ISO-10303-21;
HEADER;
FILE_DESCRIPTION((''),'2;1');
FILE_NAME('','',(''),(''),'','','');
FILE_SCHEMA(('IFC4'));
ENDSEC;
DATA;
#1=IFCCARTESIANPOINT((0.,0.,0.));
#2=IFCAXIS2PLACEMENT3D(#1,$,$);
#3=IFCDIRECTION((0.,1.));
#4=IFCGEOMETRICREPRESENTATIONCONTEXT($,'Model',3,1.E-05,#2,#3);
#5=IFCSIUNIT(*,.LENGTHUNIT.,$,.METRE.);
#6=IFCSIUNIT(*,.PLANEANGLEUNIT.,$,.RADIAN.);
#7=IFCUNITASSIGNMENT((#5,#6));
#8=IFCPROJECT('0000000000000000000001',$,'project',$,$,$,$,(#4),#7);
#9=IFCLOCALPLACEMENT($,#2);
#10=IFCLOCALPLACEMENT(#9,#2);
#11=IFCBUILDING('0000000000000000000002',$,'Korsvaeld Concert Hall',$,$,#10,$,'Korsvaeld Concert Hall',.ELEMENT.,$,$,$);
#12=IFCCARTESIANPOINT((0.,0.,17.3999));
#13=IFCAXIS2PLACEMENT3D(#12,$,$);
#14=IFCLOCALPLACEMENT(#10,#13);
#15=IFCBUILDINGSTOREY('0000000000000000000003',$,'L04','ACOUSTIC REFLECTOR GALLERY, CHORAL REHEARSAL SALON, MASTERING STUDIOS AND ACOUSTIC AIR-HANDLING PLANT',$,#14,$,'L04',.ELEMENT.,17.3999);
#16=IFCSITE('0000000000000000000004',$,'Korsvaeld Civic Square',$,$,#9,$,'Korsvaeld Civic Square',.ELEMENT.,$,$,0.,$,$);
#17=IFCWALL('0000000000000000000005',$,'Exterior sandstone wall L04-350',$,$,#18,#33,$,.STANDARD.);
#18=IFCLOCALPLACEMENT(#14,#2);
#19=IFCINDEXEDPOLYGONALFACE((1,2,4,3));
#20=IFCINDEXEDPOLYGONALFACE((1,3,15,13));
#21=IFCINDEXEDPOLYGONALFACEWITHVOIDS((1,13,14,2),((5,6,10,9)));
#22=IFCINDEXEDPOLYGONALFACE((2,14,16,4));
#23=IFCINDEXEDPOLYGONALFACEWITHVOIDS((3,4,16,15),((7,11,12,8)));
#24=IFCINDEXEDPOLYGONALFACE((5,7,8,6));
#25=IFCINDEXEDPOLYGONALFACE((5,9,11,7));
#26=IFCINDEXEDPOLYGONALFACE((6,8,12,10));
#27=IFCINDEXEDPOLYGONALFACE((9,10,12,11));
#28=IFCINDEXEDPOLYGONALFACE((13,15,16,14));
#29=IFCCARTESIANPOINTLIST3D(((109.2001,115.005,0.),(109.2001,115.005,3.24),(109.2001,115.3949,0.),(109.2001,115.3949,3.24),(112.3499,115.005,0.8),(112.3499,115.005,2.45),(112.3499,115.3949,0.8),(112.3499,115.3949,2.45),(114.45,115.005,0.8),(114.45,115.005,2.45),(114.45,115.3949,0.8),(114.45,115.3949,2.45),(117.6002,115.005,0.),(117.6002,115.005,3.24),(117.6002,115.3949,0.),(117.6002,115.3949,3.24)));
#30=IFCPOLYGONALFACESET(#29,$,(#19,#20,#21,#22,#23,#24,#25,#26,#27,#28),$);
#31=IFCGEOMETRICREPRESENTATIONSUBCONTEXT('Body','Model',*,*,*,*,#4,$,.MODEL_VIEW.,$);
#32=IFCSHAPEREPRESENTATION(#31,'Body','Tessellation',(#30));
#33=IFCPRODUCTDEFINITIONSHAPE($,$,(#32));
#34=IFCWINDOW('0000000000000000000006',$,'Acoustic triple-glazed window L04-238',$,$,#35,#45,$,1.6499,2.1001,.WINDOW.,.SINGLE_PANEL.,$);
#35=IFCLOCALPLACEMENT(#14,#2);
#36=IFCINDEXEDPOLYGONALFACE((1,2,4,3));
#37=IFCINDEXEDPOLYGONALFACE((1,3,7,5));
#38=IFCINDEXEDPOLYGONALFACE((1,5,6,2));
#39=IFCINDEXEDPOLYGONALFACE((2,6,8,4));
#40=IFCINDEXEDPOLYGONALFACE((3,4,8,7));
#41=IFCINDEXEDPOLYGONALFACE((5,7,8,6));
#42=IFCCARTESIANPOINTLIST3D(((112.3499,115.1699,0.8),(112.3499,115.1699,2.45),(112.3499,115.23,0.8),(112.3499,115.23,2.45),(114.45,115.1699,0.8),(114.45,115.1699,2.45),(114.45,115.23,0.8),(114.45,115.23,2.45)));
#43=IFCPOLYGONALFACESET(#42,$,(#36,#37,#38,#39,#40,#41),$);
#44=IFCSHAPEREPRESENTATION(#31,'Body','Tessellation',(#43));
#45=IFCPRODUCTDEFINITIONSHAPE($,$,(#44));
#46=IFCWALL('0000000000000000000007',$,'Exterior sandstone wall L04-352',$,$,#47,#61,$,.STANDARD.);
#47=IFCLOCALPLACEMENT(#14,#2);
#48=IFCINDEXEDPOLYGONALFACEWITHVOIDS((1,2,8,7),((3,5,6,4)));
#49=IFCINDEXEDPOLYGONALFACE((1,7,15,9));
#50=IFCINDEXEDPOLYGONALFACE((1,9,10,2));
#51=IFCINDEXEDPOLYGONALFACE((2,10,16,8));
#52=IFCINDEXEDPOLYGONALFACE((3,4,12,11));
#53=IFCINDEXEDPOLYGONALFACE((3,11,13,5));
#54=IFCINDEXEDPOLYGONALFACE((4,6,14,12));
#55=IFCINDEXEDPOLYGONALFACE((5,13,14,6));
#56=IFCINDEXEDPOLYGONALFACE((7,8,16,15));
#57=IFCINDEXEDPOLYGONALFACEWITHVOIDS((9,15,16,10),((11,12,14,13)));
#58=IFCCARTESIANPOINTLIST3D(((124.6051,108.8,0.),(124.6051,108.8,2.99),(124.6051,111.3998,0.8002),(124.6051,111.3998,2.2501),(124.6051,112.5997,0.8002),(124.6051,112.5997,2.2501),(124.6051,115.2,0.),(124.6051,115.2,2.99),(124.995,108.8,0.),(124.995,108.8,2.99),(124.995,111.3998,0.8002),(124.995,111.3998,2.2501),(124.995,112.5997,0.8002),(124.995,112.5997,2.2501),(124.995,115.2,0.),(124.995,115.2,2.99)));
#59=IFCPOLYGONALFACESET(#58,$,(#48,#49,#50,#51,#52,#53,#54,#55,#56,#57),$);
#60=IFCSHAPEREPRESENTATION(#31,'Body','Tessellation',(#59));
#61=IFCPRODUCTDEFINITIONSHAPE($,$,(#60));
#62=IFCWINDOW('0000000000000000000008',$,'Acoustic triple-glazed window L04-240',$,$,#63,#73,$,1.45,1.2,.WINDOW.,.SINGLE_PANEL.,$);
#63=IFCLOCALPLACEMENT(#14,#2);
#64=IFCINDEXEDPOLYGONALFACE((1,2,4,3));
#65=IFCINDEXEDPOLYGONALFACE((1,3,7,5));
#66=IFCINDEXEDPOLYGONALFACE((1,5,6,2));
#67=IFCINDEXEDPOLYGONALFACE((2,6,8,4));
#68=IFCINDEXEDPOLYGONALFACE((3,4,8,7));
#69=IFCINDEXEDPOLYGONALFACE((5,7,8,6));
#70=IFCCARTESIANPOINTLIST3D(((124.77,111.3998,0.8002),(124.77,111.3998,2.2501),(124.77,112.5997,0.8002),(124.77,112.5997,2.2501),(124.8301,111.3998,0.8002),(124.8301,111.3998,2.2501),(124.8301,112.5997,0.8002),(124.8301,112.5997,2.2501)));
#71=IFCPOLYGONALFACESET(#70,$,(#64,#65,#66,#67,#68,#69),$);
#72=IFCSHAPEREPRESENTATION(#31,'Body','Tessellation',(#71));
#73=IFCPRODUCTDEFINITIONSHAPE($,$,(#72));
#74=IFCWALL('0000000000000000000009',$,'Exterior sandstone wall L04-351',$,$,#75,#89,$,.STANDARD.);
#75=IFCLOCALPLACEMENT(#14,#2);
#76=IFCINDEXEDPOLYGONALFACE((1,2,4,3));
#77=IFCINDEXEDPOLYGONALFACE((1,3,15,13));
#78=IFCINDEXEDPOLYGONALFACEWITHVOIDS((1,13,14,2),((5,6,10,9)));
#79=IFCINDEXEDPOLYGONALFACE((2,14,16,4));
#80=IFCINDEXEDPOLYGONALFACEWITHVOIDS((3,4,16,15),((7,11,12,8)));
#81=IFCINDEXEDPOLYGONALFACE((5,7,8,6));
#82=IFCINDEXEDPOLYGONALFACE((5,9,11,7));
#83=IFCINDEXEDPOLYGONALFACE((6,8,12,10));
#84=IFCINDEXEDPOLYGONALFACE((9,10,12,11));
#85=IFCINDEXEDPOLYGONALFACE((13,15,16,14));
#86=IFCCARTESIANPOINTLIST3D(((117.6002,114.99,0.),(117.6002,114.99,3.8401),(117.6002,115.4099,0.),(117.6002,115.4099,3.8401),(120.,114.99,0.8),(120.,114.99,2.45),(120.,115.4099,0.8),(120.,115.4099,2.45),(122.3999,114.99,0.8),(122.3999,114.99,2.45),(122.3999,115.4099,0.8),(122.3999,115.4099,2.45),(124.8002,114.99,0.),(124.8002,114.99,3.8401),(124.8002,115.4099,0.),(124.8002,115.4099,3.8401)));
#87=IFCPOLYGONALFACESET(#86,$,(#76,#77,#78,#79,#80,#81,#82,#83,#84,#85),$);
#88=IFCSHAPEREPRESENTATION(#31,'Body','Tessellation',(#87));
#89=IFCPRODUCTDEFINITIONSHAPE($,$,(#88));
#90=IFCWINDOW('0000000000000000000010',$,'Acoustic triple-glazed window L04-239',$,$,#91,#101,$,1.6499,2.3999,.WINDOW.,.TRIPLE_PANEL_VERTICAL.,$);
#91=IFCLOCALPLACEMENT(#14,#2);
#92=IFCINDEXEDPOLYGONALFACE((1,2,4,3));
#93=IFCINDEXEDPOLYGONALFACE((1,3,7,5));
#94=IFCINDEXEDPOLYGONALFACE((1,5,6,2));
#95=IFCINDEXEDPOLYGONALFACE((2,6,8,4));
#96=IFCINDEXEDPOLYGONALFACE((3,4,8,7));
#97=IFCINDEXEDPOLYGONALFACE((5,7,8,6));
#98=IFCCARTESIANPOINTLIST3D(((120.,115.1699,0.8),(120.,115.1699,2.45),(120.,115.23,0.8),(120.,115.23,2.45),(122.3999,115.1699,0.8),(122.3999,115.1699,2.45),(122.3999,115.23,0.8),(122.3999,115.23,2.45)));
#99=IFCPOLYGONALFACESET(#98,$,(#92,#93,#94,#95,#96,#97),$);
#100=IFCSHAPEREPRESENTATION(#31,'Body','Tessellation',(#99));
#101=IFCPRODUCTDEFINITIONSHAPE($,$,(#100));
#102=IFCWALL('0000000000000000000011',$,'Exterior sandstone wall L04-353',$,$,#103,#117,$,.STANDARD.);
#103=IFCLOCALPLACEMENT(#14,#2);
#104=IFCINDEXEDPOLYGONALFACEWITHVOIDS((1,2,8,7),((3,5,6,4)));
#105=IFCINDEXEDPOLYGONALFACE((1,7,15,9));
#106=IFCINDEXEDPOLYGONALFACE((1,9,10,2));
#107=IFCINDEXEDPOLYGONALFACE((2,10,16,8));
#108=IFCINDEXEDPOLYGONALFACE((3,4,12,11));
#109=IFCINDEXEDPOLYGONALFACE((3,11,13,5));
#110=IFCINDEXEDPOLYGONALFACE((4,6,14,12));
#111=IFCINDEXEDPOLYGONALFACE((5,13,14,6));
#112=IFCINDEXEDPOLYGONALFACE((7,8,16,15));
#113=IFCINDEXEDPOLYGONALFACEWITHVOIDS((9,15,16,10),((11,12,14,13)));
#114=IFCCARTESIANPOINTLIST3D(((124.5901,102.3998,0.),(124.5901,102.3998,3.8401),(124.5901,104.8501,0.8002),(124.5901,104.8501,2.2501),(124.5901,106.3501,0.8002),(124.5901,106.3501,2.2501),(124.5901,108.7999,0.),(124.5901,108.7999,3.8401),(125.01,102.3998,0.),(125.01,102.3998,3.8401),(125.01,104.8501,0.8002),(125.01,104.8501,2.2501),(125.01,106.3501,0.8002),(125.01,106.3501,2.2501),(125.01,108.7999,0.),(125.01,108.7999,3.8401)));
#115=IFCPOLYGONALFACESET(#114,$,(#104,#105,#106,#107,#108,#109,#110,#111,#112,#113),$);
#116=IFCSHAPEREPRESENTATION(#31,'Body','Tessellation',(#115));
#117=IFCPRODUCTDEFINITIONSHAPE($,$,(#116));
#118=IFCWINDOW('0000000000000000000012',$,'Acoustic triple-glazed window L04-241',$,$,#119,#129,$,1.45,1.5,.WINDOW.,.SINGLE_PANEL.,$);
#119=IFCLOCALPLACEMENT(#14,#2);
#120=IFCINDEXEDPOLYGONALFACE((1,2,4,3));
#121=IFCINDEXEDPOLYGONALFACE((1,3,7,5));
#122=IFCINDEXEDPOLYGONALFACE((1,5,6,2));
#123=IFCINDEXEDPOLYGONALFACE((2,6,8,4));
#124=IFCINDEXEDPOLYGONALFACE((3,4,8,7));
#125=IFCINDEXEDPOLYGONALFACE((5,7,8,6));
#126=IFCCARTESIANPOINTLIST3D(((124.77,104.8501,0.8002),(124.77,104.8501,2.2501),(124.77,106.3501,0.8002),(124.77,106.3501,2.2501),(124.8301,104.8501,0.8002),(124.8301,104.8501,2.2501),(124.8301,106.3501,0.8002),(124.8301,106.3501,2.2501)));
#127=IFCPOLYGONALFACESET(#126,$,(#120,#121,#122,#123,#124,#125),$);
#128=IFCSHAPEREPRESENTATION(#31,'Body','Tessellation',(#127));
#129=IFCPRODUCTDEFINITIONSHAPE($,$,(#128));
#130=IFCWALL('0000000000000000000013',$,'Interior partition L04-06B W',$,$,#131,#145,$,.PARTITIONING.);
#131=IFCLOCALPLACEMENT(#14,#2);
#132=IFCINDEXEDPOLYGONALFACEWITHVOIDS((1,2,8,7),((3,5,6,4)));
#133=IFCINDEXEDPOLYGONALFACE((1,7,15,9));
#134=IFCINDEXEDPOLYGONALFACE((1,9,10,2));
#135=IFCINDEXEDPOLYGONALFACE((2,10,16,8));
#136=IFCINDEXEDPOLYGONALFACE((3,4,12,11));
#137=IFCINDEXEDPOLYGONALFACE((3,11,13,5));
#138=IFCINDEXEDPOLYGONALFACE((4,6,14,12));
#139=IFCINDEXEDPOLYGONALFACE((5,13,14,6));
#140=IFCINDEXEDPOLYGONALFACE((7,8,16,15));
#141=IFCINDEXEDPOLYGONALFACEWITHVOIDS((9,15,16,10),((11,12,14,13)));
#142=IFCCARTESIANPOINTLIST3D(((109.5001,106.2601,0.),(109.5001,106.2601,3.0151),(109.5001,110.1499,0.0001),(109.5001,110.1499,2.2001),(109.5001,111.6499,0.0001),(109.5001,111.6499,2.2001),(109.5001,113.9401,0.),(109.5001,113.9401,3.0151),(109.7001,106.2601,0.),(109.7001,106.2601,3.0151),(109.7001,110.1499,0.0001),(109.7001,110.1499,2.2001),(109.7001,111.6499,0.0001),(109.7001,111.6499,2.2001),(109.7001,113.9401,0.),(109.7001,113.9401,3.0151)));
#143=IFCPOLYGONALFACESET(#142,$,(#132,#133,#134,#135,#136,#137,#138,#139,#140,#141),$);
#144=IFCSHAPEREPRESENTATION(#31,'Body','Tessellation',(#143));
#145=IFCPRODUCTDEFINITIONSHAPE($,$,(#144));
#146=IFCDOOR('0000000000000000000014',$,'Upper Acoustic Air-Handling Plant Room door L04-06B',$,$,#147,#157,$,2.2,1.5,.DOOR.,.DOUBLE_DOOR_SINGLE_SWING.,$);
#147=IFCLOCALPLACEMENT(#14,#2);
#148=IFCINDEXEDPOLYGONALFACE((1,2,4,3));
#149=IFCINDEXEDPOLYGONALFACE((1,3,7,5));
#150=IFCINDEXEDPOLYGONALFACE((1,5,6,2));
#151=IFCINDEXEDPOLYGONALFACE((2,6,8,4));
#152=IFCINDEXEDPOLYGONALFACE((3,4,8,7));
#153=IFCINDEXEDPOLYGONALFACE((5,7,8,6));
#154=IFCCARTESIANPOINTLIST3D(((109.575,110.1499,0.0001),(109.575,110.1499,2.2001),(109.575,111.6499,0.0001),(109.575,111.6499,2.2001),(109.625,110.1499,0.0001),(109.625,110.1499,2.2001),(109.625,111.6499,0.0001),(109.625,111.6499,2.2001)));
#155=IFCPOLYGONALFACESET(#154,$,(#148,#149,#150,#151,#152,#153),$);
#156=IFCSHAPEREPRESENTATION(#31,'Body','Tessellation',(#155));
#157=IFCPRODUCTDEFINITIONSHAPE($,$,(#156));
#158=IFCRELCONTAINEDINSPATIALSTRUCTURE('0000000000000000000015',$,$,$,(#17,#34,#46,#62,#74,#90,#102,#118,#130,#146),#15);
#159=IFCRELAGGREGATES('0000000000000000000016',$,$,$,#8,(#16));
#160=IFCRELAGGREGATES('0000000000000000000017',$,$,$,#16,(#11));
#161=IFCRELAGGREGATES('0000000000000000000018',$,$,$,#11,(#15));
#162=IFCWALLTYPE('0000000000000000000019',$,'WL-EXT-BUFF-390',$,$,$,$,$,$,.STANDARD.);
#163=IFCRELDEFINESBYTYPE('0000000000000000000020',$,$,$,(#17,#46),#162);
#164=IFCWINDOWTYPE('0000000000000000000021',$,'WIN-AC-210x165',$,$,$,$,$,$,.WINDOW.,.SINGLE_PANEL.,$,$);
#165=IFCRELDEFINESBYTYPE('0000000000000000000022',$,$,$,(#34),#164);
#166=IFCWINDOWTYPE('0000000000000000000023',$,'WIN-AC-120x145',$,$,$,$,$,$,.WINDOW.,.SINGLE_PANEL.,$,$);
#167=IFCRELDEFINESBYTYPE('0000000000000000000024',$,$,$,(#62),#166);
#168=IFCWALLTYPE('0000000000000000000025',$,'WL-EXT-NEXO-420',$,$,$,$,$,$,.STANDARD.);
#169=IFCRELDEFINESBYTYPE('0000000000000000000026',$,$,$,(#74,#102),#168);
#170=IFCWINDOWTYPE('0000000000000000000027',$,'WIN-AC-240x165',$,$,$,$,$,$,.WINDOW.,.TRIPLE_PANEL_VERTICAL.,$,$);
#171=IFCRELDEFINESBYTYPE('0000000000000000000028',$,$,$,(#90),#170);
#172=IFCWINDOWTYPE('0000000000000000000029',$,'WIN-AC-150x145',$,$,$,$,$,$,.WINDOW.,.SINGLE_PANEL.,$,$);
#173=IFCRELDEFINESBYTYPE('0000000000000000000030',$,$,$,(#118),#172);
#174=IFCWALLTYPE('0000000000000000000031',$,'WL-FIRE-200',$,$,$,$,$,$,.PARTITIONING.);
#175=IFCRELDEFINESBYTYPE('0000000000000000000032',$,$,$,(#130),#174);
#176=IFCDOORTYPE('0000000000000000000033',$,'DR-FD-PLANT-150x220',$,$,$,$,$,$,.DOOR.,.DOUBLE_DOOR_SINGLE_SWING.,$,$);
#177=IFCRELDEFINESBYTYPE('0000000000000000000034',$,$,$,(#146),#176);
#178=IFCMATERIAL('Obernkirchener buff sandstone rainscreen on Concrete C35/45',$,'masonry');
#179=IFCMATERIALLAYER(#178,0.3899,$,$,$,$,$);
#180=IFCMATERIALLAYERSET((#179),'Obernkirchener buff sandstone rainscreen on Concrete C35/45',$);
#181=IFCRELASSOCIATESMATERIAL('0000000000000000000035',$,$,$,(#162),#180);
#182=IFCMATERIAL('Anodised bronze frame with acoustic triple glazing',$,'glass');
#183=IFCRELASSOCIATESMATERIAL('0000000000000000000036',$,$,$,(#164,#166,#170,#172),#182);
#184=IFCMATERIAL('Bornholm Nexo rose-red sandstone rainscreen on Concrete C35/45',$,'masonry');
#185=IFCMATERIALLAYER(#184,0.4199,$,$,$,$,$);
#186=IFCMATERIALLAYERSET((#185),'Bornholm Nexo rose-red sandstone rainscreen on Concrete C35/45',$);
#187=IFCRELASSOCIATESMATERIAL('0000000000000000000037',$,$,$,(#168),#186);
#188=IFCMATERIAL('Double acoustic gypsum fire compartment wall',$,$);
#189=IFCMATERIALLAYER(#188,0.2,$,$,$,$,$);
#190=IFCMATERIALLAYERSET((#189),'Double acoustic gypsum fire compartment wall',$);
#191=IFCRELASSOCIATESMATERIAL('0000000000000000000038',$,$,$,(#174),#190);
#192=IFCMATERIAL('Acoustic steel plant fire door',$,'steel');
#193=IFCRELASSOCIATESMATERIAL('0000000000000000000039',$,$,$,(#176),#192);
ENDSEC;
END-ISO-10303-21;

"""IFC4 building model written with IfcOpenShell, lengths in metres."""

from ifc_helpers import new_model, si_unit, direction, frame, frame_2d, origin, place, context, subcontext, project, spatial, rectangle, extrude, material, layer, layer_set, type_object, element, fill, save


model = new_model("IFC4")

# Units and contexts
model_context = context("Model", 3, precision=1e-05, world=origin(), true_north=direction((0.0, 1.0)))
body_context = subcontext(model_context, "Body", "Model", "MODEL_VIEW")
ifc_project = project(units=[si_unit("LENGTHUNIT", "METRE"), si_unit("PLANEANGLEUNIT", "RADIAN")], contexts=[model_context])

# Site, building, storey
site_placement = place(None, origin())
site = spatial("IfcSite", under=ifc_project, at=site_placement, Name="Korsvaeld Civic Square", LongName="Korsvaeld Civic Square", CompositionType="ELEMENT", RefElevation=0.0)
building_placement = place(site_placement, origin())
building = spatial("IfcBuilding", under=site, at=building_placement, Name="Korsvaeld Concert Hall", LongName="Korsvaeld Concert Hall", CompositionType="ELEMENT")
storey_placement = place(building_placement, frame((0.0, 0.0, 17.3999)))
storey = spatial("IfcBuildingStorey", under=building, at=storey_placement, Name="L04", Description="ACOUSTIC REFLECTOR GALLERY, CHORAL REHEARSAL SALON, MASTERING STUDIOS AND ACOUSTIC AIR-HANDLING PLANT", LongName="L04", CompositionType="ELEMENT", Elevation=17.3999)

# Walls, openings, windows
ifc_material_1 = material(Name="Obernkirchener buff sandstone rainscreen on Concrete C35/45", Category="masonry")
ifc_layer_1 = layer(ifc_material_1, 0.3899)
ifc_layer_set_1 = layer_set([ifc_layer_1], Name="Obernkirchener buff sandstone rainscreen on Concrete C35/45")
wall_type_1 = type_object("IfcWallType", Name="WL-EXT-BUFF-390", PredefinedType="STANDARD", material=ifc_layer_set_1)
wall_1_placement = place(storey_placement, frame((109.2, 115.2, 0.0), z_axis=(0.0, 0.0, 1.0), x_axis=(1.0, 0.0, 0.0)))
wall_1 = element("IfcWall", 1, at=wall_1_placement, inside=storey, type_object=wall_type_1, Name="Exterior sandstone wall L04-350", PredefinedType="STANDARD", context=body_context, shape_type="SweptSolid", body=[
    extrude(rectangle(XDim=8.4001, YDim=0.3899, at=frame_2d((4.2002, 0.0))), origin(), (0.0, 0.0, 1.0), 3.24),
])
opening_1_placement = place(wall_1_placement, frame((3.1499, 0.0, 0.8)))
opening_1 = element("IfcOpeningElement", 2, at=opening_1_placement, cuts=wall_1, PredefinedType="OPENING", context=body_context, shape_type="SweptSolid", body=[
    extrude(rectangle(XDim=2.1001, YDim=1.6499, at=frame_2d((1.05, 0.825))), frame((0.0, 0.2051, 0.0), z_axis=(0.0, -1.0, 0.0), x_axis=(1.0, 0.0, 0.0)), (0.0, 0.0, 1.0), 0.4099),
])
ifc_material_2 = material(Name="Anodised bronze frame with acoustic triple glazing", Category="glass")
window_type_1 = type_object("IfcWindowType", Name="WIN-AC-210x165", PartitioningType="SINGLE_PANEL", PredefinedType="WINDOW", material=ifc_material_2)
window_1_placement = place(opening_1_placement, origin())
window_1 = element("IfcWindow", 3, at=window_1_placement, inside=storey, type_object=window_type_1, Name="Acoustic triple-glazed window L04-238", OverallHeight=1.6499, OverallWidth=2.1001, PartitioningType="SINGLE_PANEL", PredefinedType="WINDOW", context=body_context, shape_type="SweptSolid", body=[
    extrude(rectangle(XDim=2.1001, YDim=1.6499, at=frame_2d((1.05, 0.825))), frame((0.0, 0.03, 0.0), z_axis=(0.0, -1.0, 0.0), x_axis=(1.0, 0.0, 0.0)), (0.0, 0.0, 1.0), 0.0601),
])
fill(opening_1, window_1)
wall_2_placement = place(storey_placement, frame((124.8, 115.2, 0.0), z_axis=(0.0, 0.0, 1.0), x_axis=(0.0, -1.0, 0.0)))
wall_2 = element("IfcWall", 4, at=wall_2_placement, inside=storey, type_object=wall_type_1, Name="Exterior sandstone wall L04-352", PredefinedType="STANDARD", context=body_context, shape_type="SweptSolid", body=[
    extrude(rectangle(XDim=6.3999, YDim=0.3899, at=frame_2d((3.2, 0.0))), origin(), (0.0, 0.0, 1.0), 2.99),
])
opening_2_placement = place(wall_2_placement, frame((2.6001, 0.0, 0.8)))
opening_2 = element("IfcOpeningElement", 5, at=opening_2_placement, cuts=wall_2, PredefinedType="OPENING", context=body_context, shape_type="SweptSolid", body=[
    extrude(rectangle(XDim=1.2, YDim=1.45, at=frame_2d((0.6001, 0.7251))), frame((0.0, 0.2051, 0.0), z_axis=(0.0, -1.0, 0.0), x_axis=(1.0, 0.0, 0.0)), (0.0, 0.0, 1.0), 0.4099),
])
window_type_2 = type_object("IfcWindowType", Name="WIN-AC-120x145", PartitioningType="SINGLE_PANEL", PredefinedType="WINDOW", material=ifc_material_2)
window_2_placement = place(opening_2_placement, origin())
window_2 = element("IfcWindow", 6, at=window_2_placement, inside=storey, type_object=window_type_2, Name="Acoustic triple-glazed window L04-240", OverallHeight=1.45, OverallWidth=1.2, PartitioningType="SINGLE_PANEL", PredefinedType="WINDOW", context=body_context, shape_type="SweptSolid", body=[
    extrude(rectangle(XDim=1.2, YDim=1.45, at=frame_2d((0.6001, 0.7251))), frame((0.0, 0.03, 0.0), z_axis=(0.0, -1.0, 0.0), x_axis=(1.0, 0.0, 0.0)), (0.0, 0.0, 1.0), 0.0601),
])
fill(opening_2, window_2)
ifc_material_3 = material(Name="Bornholm Nexo rose-red sandstone rainscreen on Concrete C35/45", Category="masonry")
ifc_layer_2 = layer(ifc_material_3, 0.4199)
ifc_layer_set_2 = layer_set([ifc_layer_2], Name="Bornholm Nexo rose-red sandstone rainscreen on Concrete C35/45")
wall_type_2 = type_object("IfcWallType", Name="WL-EXT-NEXO-420", PredefinedType="STANDARD", material=ifc_layer_set_2)
wall_3_placement = place(storey_placement, frame((117.6001, 115.2, 0.0), z_axis=(0.0, 0.0, 1.0), x_axis=(1.0, 0.0, 0.0)))
wall_3 = element("IfcWall", 7, at=wall_3_placement, inside=storey, type_object=wall_type_2, Name="Exterior sandstone wall L04-351", PredefinedType="STANDARD", context=body_context, shape_type="SweptSolid", body=[
    extrude(rectangle(XDim=7.2, YDim=0.4199, at=frame_2d((3.6001, 0.0))), origin(), (0.0, 0.0, 1.0), 3.8401),
])
opening_3_placement = place(wall_3_placement, frame((2.3999, 0.0, 0.8)))
opening_3 = element("IfcOpeningElement", 8, at=opening_3_placement, cuts=wall_3, PredefinedType="OPENING", context=body_context, shape_type="SweptSolid", body=[
    extrude(rectangle(XDim=2.3999, YDim=1.6499, at=frame_2d((1.2, 0.825))), frame((0.0, 0.22, 0.0), z_axis=(0.0, -1.0, 0.0), x_axis=(1.0, 0.0, 0.0)), (0.0, 0.0, 1.0), 0.4399),
])
window_type_3 = type_object("IfcWindowType", Name="WIN-AC-240x165", PartitioningType="TRIPLE_PANEL_VERTICAL", PredefinedType="WINDOW", material=ifc_material_2)
window_3_placement = place(opening_3_placement, origin())
window_3 = element("IfcWindow", 9, at=window_3_placement, inside=storey, type_object=window_type_3, Name="Acoustic triple-glazed window L04-239", OverallHeight=1.6499, OverallWidth=2.3999, PartitioningType="TRIPLE_PANEL_VERTICAL", PredefinedType="WINDOW", context=body_context, shape_type="SweptSolid", body=[
    extrude(rectangle(XDim=2.3999, YDim=1.6499, at=frame_2d((1.2, 0.825))), frame((0.0, 0.03, 0.0), z_axis=(0.0, -1.0, 0.0), x_axis=(1.0, 0.0, 0.0)), (0.0, 0.0, 1.0), 0.0601),
])
fill(opening_3, window_3)
wall_4_placement = place(storey_placement, frame((124.8, 108.8, 0.0), z_axis=(0.0, 0.0, 1.0), x_axis=(0.0, -1.0, 0.0)))
wall_4 = element("IfcWall", 10, at=wall_4_placement, inside=storey, type_object=wall_type_2, Name="Exterior sandstone wall L04-353", PredefinedType="STANDARD", context=body_context, shape_type="SweptSolid", body=[
    extrude(rectangle(XDim=6.4001, YDim=0.4199, at=frame_2d((3.2002, 0.0))), origin(), (0.0, 0.0, 1.0), 3.8401),
])
opening_4_placement = place(wall_4_placement, frame((2.45, 0.0, 0.8)))
opening_4 = element("IfcOpeningElement", 11, at=opening_4_placement, cuts=wall_4, PredefinedType="OPENING", context=body_context, shape_type="SweptSolid", body=[
    extrude(rectangle(XDim=1.5, YDim=1.45, at=frame_2d((0.75, 0.7251))), frame((0.0, 0.22, 0.0), z_axis=(0.0, -1.0, 0.0), x_axis=(1.0, 0.0, 0.0)), (0.0, 0.0, 1.0), 0.4399),
])
window_type_4 = type_object("IfcWindowType", Name="WIN-AC-150x145", PartitioningType="SINGLE_PANEL", PredefinedType="WINDOW", material=ifc_material_2)
window_4_placement = place(opening_4_placement, origin())
window_4 = element("IfcWindow", 12, at=window_4_placement, inside=storey, type_object=window_type_4, Name="Acoustic triple-glazed window L04-241", OverallHeight=1.45, OverallWidth=1.5, PartitioningType="SINGLE_PANEL", PredefinedType="WINDOW", context=body_context, shape_type="SweptSolid", body=[
    extrude(rectangle(XDim=1.5, YDim=1.45, at=frame_2d((0.75, 0.7251))), frame((0.0, 0.03, 0.0), z_axis=(0.0, -1.0, 0.0), x_axis=(1.0, 0.0, 0.0)), (0.0, 0.0, 1.0), 0.0601),
])
fill(opening_4, window_4)

# Wall, opening, door
ifc_material_4 = material(Name="Double acoustic gypsum fire compartment wall")
ifc_layer_3 = layer(ifc_material_4, 0.2)
ifc_layer_set_3 = layer_set([ifc_layer_3], Name="Double acoustic gypsum fire compartment wall")
wall_type_3 = type_object("IfcWallType", Name="WL-FIRE-200", PredefinedType="PARTITIONING", material=ifc_layer_set_3)
wall_5_placement = place(storey_placement, frame((109.6001, 113.9399, 0.0), z_axis=(0.0, 0.0, 1.0), x_axis=(0.0, -1.0, 0.0)))
wall_5 = element("IfcWall", 13, at=wall_5_placement, inside=storey, type_object=wall_type_3, Name="Interior partition L04-06B W", PredefinedType="PARTITIONING", context=body_context, shape_type="SweptSolid", body=[
    extrude(rectangle(XDim=7.6799, YDim=0.2, at=frame_2d((3.8398, 0.0))), origin(), (0.0, 0.0, 1.0), 3.0151),
])
opening_5_placement = place(wall_5_placement, frame((2.29, 0.0, 0.0)))
opening_5 = element("IfcOpeningElement", 14, at=opening_5_placement, cuts=wall_5, PredefinedType="OPENING", context=body_context, shape_type="SweptSolid", body=[
    extrude(rectangle(XDim=1.5, YDim=2.2, at=frame_2d((0.75, 1.1001))), frame((0.0, 0.1099, 0.0), z_axis=(0.0, -1.0, 0.0), x_axis=(1.0, 0.0, 0.0)), (0.0, 0.0, 1.0), 0.22),
])
ifc_material_5 = material(Name="Acoustic steel plant fire door", Category="steel")
door_type = type_object("IfcDoorType", Name="DR-FD-PLANT-150x220", OperationType="DOUBLE_DOOR_SINGLE_SWING", PredefinedType="DOOR", material=ifc_material_5)
door_placement = place(opening_5_placement, origin())
door = element("IfcDoor", 15, at=door_placement, inside=storey, type_object=door_type, Name="Upper Acoustic Air-Handling Plant Room door L04-06B", OperationType="DOUBLE_DOOR_SINGLE_SWING", OverallHeight=2.2, OverallWidth=1.5, PredefinedType="DOOR", context=body_context, shape_type="SweptSolid", body=[
    extrude(rectangle(XDim=1.5, YDim=2.2, at=frame_2d((0.75, 1.1001))), frame((0.0, 0.0249, 0.0), z_axis=(0.0, -1.0, 0.0), x_axis=(1.0, 0.0, 0.0)), (0.0, 0.0, 1.0), 0.05),
])
fill(opening_5, door)

save(model, "model.ifc")
